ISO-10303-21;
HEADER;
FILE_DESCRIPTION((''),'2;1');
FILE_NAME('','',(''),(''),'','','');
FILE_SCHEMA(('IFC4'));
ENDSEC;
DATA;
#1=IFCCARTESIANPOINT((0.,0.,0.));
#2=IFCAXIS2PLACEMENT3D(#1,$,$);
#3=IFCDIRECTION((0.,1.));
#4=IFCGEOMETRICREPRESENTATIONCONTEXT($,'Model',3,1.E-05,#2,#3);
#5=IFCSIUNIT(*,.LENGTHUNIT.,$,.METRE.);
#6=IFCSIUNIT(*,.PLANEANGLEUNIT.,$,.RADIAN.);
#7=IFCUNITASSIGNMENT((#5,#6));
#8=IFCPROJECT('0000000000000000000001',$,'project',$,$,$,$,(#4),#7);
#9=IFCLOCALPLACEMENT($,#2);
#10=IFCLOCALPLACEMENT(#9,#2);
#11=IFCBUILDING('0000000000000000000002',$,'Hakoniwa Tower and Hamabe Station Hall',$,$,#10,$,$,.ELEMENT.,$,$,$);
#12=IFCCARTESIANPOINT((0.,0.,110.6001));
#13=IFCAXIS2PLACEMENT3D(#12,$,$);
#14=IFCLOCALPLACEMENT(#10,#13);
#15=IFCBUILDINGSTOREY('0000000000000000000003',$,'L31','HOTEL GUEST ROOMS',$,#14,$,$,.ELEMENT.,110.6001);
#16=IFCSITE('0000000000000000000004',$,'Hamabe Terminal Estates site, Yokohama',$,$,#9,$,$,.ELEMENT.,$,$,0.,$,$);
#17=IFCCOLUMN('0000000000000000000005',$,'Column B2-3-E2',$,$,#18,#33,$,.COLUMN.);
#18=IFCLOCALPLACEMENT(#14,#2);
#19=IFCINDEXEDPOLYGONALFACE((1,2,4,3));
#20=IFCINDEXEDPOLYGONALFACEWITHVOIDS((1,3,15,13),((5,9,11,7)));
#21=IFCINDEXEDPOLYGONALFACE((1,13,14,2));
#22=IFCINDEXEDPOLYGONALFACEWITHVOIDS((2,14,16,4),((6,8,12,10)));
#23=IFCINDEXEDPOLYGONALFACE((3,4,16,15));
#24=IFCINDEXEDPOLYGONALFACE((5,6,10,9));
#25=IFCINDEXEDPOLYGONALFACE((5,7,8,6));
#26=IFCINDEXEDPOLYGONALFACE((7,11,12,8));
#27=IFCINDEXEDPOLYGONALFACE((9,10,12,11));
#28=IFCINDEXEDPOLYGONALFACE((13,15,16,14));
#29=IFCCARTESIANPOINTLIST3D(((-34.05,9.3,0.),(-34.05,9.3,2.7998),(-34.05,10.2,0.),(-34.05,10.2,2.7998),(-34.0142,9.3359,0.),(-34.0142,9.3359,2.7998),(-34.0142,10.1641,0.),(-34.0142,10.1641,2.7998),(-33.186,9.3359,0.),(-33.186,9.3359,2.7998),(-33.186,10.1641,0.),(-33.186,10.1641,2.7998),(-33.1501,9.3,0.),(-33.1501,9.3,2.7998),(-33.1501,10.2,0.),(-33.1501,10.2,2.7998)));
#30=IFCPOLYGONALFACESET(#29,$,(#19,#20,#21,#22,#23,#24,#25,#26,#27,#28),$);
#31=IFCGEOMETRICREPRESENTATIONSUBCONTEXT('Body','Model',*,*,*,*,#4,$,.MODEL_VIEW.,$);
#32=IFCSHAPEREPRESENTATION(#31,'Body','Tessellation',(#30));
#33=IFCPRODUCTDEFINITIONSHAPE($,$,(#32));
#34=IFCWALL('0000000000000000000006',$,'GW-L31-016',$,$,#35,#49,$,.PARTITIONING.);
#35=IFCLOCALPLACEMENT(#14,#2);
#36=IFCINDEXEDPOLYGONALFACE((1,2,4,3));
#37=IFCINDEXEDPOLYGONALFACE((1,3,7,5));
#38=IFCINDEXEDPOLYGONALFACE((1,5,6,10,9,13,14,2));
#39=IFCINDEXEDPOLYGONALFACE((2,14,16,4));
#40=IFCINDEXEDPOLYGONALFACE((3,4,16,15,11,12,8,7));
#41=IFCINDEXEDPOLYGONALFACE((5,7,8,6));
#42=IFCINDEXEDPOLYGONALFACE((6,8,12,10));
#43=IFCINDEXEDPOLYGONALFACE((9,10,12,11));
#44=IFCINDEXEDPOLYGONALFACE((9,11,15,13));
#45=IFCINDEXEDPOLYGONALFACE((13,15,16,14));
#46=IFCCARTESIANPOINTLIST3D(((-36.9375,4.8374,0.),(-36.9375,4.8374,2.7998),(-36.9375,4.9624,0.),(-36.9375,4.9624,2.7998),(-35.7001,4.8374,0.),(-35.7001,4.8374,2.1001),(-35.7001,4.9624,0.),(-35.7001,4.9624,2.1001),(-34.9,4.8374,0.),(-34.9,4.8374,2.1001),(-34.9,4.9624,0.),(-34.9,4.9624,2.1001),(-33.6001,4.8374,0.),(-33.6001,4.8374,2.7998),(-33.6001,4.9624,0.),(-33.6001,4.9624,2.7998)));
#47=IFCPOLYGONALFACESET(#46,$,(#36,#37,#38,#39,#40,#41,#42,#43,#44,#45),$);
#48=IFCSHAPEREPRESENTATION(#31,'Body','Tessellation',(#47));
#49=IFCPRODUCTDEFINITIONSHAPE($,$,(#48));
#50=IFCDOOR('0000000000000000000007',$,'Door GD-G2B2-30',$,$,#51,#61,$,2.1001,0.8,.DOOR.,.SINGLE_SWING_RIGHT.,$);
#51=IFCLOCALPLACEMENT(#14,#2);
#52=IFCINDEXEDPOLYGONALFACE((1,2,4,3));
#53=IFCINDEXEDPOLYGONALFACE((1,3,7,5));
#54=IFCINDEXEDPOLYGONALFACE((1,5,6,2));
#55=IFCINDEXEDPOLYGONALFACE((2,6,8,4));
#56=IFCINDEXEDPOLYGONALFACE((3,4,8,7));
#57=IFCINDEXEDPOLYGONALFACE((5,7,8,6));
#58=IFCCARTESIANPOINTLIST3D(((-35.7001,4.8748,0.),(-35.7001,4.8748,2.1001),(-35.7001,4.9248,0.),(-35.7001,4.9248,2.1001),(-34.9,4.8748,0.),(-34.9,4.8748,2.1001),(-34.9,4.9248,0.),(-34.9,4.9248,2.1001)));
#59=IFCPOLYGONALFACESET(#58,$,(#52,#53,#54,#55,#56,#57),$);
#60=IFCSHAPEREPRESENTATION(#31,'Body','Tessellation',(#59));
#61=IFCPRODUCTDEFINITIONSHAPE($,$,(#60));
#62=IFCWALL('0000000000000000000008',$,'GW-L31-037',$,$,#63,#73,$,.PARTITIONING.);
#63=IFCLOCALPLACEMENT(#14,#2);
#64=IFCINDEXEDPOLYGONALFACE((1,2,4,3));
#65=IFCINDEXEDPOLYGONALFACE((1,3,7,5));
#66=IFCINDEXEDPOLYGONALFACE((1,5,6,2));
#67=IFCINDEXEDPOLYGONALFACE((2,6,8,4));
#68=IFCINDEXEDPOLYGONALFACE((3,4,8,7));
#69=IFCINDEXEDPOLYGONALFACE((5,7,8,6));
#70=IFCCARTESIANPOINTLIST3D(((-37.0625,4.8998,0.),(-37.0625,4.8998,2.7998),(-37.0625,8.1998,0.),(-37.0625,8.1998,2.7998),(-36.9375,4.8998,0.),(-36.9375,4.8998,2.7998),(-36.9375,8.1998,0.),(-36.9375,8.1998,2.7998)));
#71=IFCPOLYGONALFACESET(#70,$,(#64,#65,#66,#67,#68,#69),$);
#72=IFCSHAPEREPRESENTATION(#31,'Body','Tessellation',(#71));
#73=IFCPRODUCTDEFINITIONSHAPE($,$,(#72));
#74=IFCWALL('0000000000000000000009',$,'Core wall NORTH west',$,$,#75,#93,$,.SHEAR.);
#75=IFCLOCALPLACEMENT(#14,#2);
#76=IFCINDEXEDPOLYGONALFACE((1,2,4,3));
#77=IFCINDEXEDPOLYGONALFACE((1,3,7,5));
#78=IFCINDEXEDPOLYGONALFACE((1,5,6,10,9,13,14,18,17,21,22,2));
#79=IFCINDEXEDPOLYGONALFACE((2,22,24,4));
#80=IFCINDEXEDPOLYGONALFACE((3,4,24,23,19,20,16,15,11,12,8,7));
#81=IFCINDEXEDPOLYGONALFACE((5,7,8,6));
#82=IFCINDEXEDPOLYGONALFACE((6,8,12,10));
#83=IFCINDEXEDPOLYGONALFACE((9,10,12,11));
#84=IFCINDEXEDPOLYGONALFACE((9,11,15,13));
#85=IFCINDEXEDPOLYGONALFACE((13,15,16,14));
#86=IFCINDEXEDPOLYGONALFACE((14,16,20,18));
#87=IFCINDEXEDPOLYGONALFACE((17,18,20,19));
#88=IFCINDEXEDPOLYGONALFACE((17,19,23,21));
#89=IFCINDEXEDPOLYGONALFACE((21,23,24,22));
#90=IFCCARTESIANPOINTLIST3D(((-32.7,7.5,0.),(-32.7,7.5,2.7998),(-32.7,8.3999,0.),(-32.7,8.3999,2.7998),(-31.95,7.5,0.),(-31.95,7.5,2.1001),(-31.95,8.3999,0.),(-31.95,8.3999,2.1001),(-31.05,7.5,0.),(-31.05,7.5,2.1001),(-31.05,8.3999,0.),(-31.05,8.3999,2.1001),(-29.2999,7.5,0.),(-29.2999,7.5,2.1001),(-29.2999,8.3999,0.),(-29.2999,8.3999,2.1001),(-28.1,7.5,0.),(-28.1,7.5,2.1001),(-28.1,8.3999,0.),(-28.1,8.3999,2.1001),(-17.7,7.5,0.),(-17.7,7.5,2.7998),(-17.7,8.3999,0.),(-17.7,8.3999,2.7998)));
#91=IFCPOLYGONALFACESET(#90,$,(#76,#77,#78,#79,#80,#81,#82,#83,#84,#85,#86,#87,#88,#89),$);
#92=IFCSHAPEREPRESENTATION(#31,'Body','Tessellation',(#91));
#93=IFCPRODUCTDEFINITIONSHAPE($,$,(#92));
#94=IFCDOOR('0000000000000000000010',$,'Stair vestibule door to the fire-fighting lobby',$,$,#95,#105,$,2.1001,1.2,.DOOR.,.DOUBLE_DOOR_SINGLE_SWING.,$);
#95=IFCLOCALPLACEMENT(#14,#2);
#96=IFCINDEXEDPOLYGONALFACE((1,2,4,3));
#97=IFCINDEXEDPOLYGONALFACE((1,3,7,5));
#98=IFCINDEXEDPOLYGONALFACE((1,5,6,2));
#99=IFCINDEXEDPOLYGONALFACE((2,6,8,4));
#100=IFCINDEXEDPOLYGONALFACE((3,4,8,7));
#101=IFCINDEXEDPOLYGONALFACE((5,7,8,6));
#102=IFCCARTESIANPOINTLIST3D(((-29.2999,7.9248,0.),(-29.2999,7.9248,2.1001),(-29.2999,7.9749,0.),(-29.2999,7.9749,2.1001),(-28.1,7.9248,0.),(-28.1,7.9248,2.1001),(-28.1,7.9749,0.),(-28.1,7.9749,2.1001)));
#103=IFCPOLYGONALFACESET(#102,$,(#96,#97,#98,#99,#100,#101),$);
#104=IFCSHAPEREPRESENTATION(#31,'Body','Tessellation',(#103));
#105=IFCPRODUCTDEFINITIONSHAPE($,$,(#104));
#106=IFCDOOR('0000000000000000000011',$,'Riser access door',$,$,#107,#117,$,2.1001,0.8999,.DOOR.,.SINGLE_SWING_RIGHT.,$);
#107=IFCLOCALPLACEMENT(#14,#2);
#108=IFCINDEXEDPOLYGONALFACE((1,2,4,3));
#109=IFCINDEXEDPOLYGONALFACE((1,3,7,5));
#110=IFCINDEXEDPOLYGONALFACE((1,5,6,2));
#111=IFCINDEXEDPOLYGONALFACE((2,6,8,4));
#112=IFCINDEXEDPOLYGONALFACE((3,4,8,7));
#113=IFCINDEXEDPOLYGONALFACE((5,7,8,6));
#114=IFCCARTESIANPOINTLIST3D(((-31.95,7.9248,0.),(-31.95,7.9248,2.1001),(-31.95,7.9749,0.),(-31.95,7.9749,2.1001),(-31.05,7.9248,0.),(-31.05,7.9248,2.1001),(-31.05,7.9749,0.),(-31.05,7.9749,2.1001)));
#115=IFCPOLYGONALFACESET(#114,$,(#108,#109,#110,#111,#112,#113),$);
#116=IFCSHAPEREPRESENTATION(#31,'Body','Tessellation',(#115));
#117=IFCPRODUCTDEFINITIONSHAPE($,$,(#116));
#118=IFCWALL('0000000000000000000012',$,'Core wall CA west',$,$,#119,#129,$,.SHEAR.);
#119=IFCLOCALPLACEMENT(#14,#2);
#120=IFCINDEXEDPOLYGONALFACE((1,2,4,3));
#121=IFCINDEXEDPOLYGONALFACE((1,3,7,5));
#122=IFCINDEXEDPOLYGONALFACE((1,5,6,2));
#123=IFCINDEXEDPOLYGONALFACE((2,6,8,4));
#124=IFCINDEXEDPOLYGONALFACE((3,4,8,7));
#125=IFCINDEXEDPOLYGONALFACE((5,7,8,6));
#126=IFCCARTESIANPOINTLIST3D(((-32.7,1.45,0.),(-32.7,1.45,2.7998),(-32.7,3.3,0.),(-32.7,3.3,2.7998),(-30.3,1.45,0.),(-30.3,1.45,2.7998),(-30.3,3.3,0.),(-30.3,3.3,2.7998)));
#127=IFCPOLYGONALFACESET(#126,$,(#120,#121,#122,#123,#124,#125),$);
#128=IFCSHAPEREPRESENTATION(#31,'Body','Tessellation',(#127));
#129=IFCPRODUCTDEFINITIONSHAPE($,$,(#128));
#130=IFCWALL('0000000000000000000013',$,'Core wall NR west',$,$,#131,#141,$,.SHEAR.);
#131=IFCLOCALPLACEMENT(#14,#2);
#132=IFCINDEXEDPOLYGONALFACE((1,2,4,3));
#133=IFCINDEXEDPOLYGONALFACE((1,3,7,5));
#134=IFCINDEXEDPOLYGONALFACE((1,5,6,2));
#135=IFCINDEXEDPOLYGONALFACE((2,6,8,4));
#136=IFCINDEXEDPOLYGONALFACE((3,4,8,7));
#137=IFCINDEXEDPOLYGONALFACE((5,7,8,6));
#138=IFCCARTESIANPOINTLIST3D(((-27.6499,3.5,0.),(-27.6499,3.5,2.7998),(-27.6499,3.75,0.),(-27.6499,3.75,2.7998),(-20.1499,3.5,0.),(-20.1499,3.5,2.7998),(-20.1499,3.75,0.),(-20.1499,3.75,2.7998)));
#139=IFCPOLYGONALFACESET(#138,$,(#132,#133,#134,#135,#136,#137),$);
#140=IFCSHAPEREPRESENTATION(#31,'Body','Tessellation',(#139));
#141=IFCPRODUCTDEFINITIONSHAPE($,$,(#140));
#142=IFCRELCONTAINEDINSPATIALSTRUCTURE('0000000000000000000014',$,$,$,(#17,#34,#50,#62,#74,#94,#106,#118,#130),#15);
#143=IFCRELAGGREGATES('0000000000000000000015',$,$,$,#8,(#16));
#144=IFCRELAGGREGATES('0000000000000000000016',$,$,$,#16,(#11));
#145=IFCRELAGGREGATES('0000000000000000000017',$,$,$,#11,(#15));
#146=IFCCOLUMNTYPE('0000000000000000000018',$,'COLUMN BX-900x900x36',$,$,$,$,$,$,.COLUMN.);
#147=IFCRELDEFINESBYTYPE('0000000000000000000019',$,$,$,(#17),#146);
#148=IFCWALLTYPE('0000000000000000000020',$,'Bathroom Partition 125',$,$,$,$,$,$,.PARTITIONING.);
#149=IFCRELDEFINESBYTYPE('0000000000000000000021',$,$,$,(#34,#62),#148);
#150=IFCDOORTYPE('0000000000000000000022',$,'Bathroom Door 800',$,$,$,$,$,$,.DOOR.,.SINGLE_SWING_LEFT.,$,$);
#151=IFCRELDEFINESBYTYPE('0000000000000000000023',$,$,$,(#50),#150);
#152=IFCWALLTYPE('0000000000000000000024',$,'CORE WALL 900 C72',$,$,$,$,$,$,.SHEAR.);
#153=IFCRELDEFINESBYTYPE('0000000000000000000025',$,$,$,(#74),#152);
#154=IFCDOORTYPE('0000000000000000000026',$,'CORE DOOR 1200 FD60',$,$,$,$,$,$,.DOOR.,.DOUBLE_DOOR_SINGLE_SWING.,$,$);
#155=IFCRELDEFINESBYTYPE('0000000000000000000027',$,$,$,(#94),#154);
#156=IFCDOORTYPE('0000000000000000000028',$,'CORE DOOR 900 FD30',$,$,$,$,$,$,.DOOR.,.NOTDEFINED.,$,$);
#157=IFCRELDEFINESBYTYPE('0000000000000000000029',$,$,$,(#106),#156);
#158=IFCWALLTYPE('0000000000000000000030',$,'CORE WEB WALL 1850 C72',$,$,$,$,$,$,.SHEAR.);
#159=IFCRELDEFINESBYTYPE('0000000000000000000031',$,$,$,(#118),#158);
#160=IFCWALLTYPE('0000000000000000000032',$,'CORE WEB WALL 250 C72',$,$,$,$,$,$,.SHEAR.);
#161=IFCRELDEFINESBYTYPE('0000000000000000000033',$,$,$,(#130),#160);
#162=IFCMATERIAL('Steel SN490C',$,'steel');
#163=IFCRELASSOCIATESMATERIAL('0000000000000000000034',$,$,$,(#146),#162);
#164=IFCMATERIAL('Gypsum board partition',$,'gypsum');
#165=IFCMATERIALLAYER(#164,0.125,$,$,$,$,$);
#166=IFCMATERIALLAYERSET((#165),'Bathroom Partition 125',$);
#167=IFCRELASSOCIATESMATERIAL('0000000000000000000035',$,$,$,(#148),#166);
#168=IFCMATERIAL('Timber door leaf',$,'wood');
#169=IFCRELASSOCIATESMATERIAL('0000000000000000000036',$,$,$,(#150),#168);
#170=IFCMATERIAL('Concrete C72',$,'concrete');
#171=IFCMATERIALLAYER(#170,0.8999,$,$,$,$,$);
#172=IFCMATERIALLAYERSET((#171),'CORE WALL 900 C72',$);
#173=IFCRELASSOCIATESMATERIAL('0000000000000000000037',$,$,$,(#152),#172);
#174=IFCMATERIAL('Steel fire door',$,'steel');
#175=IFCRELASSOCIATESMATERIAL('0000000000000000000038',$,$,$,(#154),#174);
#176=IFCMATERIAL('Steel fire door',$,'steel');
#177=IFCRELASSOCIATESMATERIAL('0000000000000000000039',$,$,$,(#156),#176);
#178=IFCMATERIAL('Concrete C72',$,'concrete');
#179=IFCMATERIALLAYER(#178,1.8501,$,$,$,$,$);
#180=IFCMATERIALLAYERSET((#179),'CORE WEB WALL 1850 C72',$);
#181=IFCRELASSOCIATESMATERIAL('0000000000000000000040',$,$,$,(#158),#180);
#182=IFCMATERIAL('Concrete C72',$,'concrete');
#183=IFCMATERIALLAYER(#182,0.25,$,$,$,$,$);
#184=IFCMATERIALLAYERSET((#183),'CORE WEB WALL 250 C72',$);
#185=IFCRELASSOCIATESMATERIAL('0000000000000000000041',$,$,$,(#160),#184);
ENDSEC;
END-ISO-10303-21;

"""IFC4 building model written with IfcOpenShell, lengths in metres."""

from ifc_helpers import new_model, si_unit, direction, frame, frame_2d, origin, origin_2d, place, context, subcontext, project, spatial, rectangle, hollow_rectangle, extrude, material, layer, layer_set, material_profile, profile_set, type_object, element, fill, save


model = new_model("IFC4")

# Units and contexts
model_context = context("Model", 3, precision=1e-05, world=origin(), true_north=direction((0.0, 1.0)))
body_context = subcontext(model_context, "Body", "Model", "MODEL_VIEW")
ifc_project = project(units=[si_unit("LENGTHUNIT", "METRE"), si_unit("PLANEANGLEUNIT", "RADIAN")], contexts=[model_context])

# Site, building, storey
site_placement = place(None, origin())
site = spatial("IfcSite", under=ifc_project, at=site_placement, Name="Hamabe Terminal Estates site, Yokohama", CompositionType="ELEMENT", RefElevation=0.0)
building_placement = place(site_placement, origin())
building = spatial("IfcBuilding", under=site, at=building_placement, Name="Hakoniwa Tower and Hamabe Station Hall", CompositionType="ELEMENT")
storey_placement = place(building_placement, frame((0.0, 0.0, 110.6001)))
storey = spatial("IfcBuildingStorey", under=building, at=storey_placement, Name="L31", Description="HOTEL GUEST ROOMS", CompositionType="ELEMENT", Elevation=110.6001)

# Column
ifc_material_1 = material(Name="Steel SN490C", Category="steel")
ifc_material_profile = material_profile(ifc_material_1, hollow_rectangle(XDim=0.8999, YDim=0.8999, WallThickness=0.0359, at=origin_2d()), Name="BX-900x900x36")
ifc_profile_set = profile_set([ifc_material_profile], Name="Steel SN490C")
column_type = type_object("IfcColumnType", Name="COLUMN BX-900x900x36", PredefinedType="COLUMN", material=ifc_profile_set)
column_placement = place(storey_placement, frame((-33.6001, 9.75, 0.0), z_axis=(0.0, 0.0, 1.0), x_axis=(1.0, 0.0, 0.0)))
element("IfcColumn", 1, at=column_placement, inside=storey, type_object=column_type, Name="Column B2-3-E2", PredefinedType="COLUMN", context=body_context, shape_type="SweptSolid", body=[
    extrude(hollow_rectangle(XDim=0.8999, YDim=0.8999, WallThickness=0.0359, at=origin_2d()), origin(), (0.0, 0.0, 1.0), 2.7998),
])

# Wall, opening, door
ifc_material_2 = material(Name="Gypsum board partition", Category="gypsum")
ifc_layer_1 = layer(ifc_material_2, 0.125)
ifc_layer_set_1 = layer_set([ifc_layer_1], Name="Bathroom Partition 125")
wall_type_1 = type_object("IfcWallType", Name="Bathroom Partition 125", PredefinedType="PARTITIONING", material=ifc_layer_set_1)
wall_1_placement = place(storey_placement, frame((-36.9375, 4.8999, 0.0), z_axis=(0.0, 0.0, 1.0), x_axis=(1.0, 0.0, 0.0)))
wall_1 = element("IfcWall", 2, at=wall_1_placement, inside=storey, type_object=wall_type_1, Name="GW-L31-016", PredefinedType="PARTITIONING", context=body_context, shape_type="SweptSolid", body=[
    extrude(rectangle(XDim=3.3374, YDim=0.125, at=frame_2d((1.6687, 0.0))), origin(), (0.0, 0.0, 1.0), 2.7998),
])
opening_1_placement = place(wall_1_placement, frame((1.2375, 0.0, 0.0)))
opening_1 = element("IfcOpeningElement", 3, at=opening_1_placement, cuts=wall_1, PredefinedType="OPENING", context=body_context, shape_type="SweptSolid", body=[
    extrude(rectangle(XDim=0.8, YDim=2.1001, at=frame_2d((0.3999, 1.05))), frame((0.0, 0.0725, 0.0), z_axis=(0.0, -1.0, 0.0), x_axis=(1.0, 0.0, 0.0)), (0.0, 0.0, 1.0), 0.145),
])
ifc_material_3 = material(Name="Timber door leaf", Category="wood")
door_type_1 = type_object("IfcDoorType", Name="Bathroom Door 800", OperationType="SINGLE_SWING_LEFT", PredefinedType="DOOR", material=ifc_material_3)
door_1_placement = place(opening_1_placement, origin())
door_1 = element("IfcDoor", 4, at=door_1_placement, inside=storey, type_object=door_type_1, Name="Door GD-G2B2-30", OperationType="SINGLE_SWING_RIGHT", OverallHeight=2.1001, OverallWidth=0.8, PredefinedType="DOOR", context=body_context, shape_type="SweptSolid", body=[
    extrude(rectangle(XDim=0.8, YDim=2.1001, at=frame_2d((0.3999, 1.05))), frame((0.0, 0.0249, 0.0), z_axis=(0.0, -1.0, 0.0), x_axis=(1.0, 0.0, 0.0)), (0.0, 0.0, 1.0), 0.05),
])
fill(opening_1, door_1)

# Wall
wall_2_placement = place(storey_placement, frame((-37.0, 4.8999, 0.0), z_axis=(0.0, 0.0, 1.0), x_axis=(0.0, 1.0, 0.0)))
element("IfcWall", 5, at=wall_2_placement, inside=storey, type_object=wall_type_1, Name="GW-L31-037", PredefinedType="PARTITIONING", context=body_context, shape_type="SweptSolid", body=[
    extrude(rectangle(XDim=3.3, YDim=0.125, at=frame_2d((1.6499, 0.0))), origin(), (0.0, 0.0, 1.0), 2.7998),
])

# Wall, openings, doors
ifc_material_4 = material(Name="Concrete C72", Category="concrete")
ifc_layer_2 = layer(ifc_material_4, 0.8999)
ifc_layer_set_2 = layer_set([ifc_layer_2], Name="CORE WALL 900 C72")
wall_type_2 = type_object("IfcWallType", Name="CORE WALL 900 C72", PredefinedType="SHEAR", material=ifc_layer_set_2)
wall_3_placement = place(storey_placement, frame((-32.7, 7.95, 0.0), z_axis=(0.0, 0.0, 1.0), x_axis=(1.0, 0.0, 0.0)))
wall_3 = element("IfcWall", 6, at=wall_3_placement, inside=storey, type_object=wall_type_2, Name="Core wall NORTH west", PredefinedType="SHEAR", context=body_context, shape_type="SweptSolid", body=[
    extrude(rectangle(XDim=15.0, YDim=0.8999, at=frame_2d((7.5, 0.0))), origin(), (0.0, 0.0, 1.0), 2.7998),
])
opening_2_placement = place(wall_3_placement, frame((3.3999, 0.0, 0.0)))
opening_2 = element("IfcOpeningElement", 7, at=opening_2_placement, cuts=wall_3, PredefinedType="OPENING", context=body_context, shape_type="SweptSolid", body=[
    extrude(rectangle(XDim=1.2, YDim=2.1001, at=frame_2d((0.6001, 1.05))), frame((0.0, 0.46, 0.0), z_axis=(0.0, -1.0, 0.0), x_axis=(1.0, 0.0, 0.0)), (0.0, 0.0, 1.0), 0.9199),
])
opening_3_placement = place(wall_3_placement, frame((0.75, 0.0, 0.0)))
opening_3 = element("IfcOpeningElement", 8, at=opening_3_placement, cuts=wall_3, PredefinedType="OPENING", context=body_context, shape_type="SweptSolid", body=[
    extrude(rectangle(XDim=0.8999, YDim=2.1001, at=frame_2d((0.45, 1.05))), frame((0.0, 0.46, 0.0), z_axis=(0.0, -1.0, 0.0), x_axis=(1.0, 0.0, 0.0)), (0.0, 0.0, 1.0), 0.9199),
])
ifc_material_5 = material(Name="Steel fire door", Category="steel")
door_type_2 = type_object("IfcDoorType", Name="CORE DOOR 1200 FD60", OperationType="DOUBLE_DOOR_SINGLE_SWING", PredefinedType="DOOR", material=ifc_material_5)
door_2_placement = place(opening_2_placement, origin())
door_2 = element("IfcDoor", 9, at=door_2_placement, inside=storey, type_object=door_type_2, Name="Stair vestibule door to the fire-fighting lobby", OperationType="DOUBLE_DOOR_SINGLE_SWING", OverallHeight=2.1001, OverallWidth=1.2, PredefinedType="DOOR", context=body_context, shape_type="SweptSolid", body=[
    extrude(rectangle(XDim=1.2, YDim=2.1001, at=frame_2d((0.6001, 1.05))), frame((0.0, 0.0249, 0.0), z_axis=(0.0, -1.0, 0.0), x_axis=(1.0, 0.0, 0.0)), (0.0, 0.0, 1.0), 0.05),
])
fill(opening_2, door_2)
ifc_material_6 = material(Name="Steel fire door", Category="steel")
door_type_3 = type_object("IfcDoorType", Name="CORE DOOR 900 FD30", OperationType="NOTDEFINED", PredefinedType="DOOR", material=ifc_material_6)
door_3_placement = place(opening_3_placement, origin())
door_3 = element("IfcDoor", 10, at=door_3_placement, inside=storey, type_object=door_type_3, Name="Riser access door", OperationType="SINGLE_SWING_RIGHT", OverallHeight=2.1001, OverallWidth=0.8999, PredefinedType="DOOR", context=body_context, shape_type="SweptSolid", body=[
    extrude(rectangle(XDim=0.8999, YDim=2.1001, at=frame_2d((0.45, 1.05))), frame((0.0, 0.0249, 0.0), z_axis=(0.0, -1.0, 0.0), x_axis=(1.0, 0.0, 0.0)), (0.0, 0.0, 1.0), 0.05),
])
fill(opening_3, door_3)

# Walls
ifc_material_7 = material(Name="Concrete C72", Category="concrete")
ifc_layer_3 = layer(ifc_material_7, 1.8501)
ifc_layer_set_3 = layer_set([ifc_layer_3], Name="CORE WEB WALL 1850 C72")
wall_type_3 = type_object("IfcWallType", Name="CORE WEB WALL 1850 C72", PredefinedType="SHEAR", material=ifc_layer_set_3)
wall_4_placement = place(storey_placement, frame((-32.7, 2.375, 0.0), z_axis=(0.0, 0.0, 1.0), x_axis=(1.0, 0.0, 0.0)))
element("IfcWall", 11, at=wall_4_placement, inside=storey, type_object=wall_type_3, Name="Core wall CA west", PredefinedType="SHEAR", context=body_context, shape_type="SweptSolid", body=[
    extrude(rectangle(XDim=2.3999, YDim=1.8501, at=frame_2d((1.2, 0.0))), origin(), (0.0, 0.0, 1.0), 2.7998),
])
ifc_material_8 = material(Name="Concrete C72", Category="concrete")
ifc_layer_4 = layer(ifc_material_8, 0.25)
ifc_layer_set_4 = layer_set([ifc_layer_4], Name="CORE WEB WALL 250 C72")
wall_type_4 = type_object("IfcWallType", Name="CORE WEB WALL 250 C72", PredefinedType="SHEAR", material=ifc_layer_set_4)
wall_5_placement = place(storey_placement, frame((-27.6499, 3.625, 0.0), z_axis=(0.0, 0.0, 1.0), x_axis=(1.0, 0.0, 0.0)))
element("IfcWall", 12, at=wall_5_placement, inside=storey, type_object=wall_type_4, Name="Core wall NR west", PredefinedType="SHEAR", context=body_context, shape_type="SweptSolid", body=[
    extrude(rectangle(XDim=7.5, YDim=0.25, at=frame_2d((3.75, 0.0))), origin(), (0.0, 0.0, 1.0), 2.7998),
])

save(model, "model.ifc")
